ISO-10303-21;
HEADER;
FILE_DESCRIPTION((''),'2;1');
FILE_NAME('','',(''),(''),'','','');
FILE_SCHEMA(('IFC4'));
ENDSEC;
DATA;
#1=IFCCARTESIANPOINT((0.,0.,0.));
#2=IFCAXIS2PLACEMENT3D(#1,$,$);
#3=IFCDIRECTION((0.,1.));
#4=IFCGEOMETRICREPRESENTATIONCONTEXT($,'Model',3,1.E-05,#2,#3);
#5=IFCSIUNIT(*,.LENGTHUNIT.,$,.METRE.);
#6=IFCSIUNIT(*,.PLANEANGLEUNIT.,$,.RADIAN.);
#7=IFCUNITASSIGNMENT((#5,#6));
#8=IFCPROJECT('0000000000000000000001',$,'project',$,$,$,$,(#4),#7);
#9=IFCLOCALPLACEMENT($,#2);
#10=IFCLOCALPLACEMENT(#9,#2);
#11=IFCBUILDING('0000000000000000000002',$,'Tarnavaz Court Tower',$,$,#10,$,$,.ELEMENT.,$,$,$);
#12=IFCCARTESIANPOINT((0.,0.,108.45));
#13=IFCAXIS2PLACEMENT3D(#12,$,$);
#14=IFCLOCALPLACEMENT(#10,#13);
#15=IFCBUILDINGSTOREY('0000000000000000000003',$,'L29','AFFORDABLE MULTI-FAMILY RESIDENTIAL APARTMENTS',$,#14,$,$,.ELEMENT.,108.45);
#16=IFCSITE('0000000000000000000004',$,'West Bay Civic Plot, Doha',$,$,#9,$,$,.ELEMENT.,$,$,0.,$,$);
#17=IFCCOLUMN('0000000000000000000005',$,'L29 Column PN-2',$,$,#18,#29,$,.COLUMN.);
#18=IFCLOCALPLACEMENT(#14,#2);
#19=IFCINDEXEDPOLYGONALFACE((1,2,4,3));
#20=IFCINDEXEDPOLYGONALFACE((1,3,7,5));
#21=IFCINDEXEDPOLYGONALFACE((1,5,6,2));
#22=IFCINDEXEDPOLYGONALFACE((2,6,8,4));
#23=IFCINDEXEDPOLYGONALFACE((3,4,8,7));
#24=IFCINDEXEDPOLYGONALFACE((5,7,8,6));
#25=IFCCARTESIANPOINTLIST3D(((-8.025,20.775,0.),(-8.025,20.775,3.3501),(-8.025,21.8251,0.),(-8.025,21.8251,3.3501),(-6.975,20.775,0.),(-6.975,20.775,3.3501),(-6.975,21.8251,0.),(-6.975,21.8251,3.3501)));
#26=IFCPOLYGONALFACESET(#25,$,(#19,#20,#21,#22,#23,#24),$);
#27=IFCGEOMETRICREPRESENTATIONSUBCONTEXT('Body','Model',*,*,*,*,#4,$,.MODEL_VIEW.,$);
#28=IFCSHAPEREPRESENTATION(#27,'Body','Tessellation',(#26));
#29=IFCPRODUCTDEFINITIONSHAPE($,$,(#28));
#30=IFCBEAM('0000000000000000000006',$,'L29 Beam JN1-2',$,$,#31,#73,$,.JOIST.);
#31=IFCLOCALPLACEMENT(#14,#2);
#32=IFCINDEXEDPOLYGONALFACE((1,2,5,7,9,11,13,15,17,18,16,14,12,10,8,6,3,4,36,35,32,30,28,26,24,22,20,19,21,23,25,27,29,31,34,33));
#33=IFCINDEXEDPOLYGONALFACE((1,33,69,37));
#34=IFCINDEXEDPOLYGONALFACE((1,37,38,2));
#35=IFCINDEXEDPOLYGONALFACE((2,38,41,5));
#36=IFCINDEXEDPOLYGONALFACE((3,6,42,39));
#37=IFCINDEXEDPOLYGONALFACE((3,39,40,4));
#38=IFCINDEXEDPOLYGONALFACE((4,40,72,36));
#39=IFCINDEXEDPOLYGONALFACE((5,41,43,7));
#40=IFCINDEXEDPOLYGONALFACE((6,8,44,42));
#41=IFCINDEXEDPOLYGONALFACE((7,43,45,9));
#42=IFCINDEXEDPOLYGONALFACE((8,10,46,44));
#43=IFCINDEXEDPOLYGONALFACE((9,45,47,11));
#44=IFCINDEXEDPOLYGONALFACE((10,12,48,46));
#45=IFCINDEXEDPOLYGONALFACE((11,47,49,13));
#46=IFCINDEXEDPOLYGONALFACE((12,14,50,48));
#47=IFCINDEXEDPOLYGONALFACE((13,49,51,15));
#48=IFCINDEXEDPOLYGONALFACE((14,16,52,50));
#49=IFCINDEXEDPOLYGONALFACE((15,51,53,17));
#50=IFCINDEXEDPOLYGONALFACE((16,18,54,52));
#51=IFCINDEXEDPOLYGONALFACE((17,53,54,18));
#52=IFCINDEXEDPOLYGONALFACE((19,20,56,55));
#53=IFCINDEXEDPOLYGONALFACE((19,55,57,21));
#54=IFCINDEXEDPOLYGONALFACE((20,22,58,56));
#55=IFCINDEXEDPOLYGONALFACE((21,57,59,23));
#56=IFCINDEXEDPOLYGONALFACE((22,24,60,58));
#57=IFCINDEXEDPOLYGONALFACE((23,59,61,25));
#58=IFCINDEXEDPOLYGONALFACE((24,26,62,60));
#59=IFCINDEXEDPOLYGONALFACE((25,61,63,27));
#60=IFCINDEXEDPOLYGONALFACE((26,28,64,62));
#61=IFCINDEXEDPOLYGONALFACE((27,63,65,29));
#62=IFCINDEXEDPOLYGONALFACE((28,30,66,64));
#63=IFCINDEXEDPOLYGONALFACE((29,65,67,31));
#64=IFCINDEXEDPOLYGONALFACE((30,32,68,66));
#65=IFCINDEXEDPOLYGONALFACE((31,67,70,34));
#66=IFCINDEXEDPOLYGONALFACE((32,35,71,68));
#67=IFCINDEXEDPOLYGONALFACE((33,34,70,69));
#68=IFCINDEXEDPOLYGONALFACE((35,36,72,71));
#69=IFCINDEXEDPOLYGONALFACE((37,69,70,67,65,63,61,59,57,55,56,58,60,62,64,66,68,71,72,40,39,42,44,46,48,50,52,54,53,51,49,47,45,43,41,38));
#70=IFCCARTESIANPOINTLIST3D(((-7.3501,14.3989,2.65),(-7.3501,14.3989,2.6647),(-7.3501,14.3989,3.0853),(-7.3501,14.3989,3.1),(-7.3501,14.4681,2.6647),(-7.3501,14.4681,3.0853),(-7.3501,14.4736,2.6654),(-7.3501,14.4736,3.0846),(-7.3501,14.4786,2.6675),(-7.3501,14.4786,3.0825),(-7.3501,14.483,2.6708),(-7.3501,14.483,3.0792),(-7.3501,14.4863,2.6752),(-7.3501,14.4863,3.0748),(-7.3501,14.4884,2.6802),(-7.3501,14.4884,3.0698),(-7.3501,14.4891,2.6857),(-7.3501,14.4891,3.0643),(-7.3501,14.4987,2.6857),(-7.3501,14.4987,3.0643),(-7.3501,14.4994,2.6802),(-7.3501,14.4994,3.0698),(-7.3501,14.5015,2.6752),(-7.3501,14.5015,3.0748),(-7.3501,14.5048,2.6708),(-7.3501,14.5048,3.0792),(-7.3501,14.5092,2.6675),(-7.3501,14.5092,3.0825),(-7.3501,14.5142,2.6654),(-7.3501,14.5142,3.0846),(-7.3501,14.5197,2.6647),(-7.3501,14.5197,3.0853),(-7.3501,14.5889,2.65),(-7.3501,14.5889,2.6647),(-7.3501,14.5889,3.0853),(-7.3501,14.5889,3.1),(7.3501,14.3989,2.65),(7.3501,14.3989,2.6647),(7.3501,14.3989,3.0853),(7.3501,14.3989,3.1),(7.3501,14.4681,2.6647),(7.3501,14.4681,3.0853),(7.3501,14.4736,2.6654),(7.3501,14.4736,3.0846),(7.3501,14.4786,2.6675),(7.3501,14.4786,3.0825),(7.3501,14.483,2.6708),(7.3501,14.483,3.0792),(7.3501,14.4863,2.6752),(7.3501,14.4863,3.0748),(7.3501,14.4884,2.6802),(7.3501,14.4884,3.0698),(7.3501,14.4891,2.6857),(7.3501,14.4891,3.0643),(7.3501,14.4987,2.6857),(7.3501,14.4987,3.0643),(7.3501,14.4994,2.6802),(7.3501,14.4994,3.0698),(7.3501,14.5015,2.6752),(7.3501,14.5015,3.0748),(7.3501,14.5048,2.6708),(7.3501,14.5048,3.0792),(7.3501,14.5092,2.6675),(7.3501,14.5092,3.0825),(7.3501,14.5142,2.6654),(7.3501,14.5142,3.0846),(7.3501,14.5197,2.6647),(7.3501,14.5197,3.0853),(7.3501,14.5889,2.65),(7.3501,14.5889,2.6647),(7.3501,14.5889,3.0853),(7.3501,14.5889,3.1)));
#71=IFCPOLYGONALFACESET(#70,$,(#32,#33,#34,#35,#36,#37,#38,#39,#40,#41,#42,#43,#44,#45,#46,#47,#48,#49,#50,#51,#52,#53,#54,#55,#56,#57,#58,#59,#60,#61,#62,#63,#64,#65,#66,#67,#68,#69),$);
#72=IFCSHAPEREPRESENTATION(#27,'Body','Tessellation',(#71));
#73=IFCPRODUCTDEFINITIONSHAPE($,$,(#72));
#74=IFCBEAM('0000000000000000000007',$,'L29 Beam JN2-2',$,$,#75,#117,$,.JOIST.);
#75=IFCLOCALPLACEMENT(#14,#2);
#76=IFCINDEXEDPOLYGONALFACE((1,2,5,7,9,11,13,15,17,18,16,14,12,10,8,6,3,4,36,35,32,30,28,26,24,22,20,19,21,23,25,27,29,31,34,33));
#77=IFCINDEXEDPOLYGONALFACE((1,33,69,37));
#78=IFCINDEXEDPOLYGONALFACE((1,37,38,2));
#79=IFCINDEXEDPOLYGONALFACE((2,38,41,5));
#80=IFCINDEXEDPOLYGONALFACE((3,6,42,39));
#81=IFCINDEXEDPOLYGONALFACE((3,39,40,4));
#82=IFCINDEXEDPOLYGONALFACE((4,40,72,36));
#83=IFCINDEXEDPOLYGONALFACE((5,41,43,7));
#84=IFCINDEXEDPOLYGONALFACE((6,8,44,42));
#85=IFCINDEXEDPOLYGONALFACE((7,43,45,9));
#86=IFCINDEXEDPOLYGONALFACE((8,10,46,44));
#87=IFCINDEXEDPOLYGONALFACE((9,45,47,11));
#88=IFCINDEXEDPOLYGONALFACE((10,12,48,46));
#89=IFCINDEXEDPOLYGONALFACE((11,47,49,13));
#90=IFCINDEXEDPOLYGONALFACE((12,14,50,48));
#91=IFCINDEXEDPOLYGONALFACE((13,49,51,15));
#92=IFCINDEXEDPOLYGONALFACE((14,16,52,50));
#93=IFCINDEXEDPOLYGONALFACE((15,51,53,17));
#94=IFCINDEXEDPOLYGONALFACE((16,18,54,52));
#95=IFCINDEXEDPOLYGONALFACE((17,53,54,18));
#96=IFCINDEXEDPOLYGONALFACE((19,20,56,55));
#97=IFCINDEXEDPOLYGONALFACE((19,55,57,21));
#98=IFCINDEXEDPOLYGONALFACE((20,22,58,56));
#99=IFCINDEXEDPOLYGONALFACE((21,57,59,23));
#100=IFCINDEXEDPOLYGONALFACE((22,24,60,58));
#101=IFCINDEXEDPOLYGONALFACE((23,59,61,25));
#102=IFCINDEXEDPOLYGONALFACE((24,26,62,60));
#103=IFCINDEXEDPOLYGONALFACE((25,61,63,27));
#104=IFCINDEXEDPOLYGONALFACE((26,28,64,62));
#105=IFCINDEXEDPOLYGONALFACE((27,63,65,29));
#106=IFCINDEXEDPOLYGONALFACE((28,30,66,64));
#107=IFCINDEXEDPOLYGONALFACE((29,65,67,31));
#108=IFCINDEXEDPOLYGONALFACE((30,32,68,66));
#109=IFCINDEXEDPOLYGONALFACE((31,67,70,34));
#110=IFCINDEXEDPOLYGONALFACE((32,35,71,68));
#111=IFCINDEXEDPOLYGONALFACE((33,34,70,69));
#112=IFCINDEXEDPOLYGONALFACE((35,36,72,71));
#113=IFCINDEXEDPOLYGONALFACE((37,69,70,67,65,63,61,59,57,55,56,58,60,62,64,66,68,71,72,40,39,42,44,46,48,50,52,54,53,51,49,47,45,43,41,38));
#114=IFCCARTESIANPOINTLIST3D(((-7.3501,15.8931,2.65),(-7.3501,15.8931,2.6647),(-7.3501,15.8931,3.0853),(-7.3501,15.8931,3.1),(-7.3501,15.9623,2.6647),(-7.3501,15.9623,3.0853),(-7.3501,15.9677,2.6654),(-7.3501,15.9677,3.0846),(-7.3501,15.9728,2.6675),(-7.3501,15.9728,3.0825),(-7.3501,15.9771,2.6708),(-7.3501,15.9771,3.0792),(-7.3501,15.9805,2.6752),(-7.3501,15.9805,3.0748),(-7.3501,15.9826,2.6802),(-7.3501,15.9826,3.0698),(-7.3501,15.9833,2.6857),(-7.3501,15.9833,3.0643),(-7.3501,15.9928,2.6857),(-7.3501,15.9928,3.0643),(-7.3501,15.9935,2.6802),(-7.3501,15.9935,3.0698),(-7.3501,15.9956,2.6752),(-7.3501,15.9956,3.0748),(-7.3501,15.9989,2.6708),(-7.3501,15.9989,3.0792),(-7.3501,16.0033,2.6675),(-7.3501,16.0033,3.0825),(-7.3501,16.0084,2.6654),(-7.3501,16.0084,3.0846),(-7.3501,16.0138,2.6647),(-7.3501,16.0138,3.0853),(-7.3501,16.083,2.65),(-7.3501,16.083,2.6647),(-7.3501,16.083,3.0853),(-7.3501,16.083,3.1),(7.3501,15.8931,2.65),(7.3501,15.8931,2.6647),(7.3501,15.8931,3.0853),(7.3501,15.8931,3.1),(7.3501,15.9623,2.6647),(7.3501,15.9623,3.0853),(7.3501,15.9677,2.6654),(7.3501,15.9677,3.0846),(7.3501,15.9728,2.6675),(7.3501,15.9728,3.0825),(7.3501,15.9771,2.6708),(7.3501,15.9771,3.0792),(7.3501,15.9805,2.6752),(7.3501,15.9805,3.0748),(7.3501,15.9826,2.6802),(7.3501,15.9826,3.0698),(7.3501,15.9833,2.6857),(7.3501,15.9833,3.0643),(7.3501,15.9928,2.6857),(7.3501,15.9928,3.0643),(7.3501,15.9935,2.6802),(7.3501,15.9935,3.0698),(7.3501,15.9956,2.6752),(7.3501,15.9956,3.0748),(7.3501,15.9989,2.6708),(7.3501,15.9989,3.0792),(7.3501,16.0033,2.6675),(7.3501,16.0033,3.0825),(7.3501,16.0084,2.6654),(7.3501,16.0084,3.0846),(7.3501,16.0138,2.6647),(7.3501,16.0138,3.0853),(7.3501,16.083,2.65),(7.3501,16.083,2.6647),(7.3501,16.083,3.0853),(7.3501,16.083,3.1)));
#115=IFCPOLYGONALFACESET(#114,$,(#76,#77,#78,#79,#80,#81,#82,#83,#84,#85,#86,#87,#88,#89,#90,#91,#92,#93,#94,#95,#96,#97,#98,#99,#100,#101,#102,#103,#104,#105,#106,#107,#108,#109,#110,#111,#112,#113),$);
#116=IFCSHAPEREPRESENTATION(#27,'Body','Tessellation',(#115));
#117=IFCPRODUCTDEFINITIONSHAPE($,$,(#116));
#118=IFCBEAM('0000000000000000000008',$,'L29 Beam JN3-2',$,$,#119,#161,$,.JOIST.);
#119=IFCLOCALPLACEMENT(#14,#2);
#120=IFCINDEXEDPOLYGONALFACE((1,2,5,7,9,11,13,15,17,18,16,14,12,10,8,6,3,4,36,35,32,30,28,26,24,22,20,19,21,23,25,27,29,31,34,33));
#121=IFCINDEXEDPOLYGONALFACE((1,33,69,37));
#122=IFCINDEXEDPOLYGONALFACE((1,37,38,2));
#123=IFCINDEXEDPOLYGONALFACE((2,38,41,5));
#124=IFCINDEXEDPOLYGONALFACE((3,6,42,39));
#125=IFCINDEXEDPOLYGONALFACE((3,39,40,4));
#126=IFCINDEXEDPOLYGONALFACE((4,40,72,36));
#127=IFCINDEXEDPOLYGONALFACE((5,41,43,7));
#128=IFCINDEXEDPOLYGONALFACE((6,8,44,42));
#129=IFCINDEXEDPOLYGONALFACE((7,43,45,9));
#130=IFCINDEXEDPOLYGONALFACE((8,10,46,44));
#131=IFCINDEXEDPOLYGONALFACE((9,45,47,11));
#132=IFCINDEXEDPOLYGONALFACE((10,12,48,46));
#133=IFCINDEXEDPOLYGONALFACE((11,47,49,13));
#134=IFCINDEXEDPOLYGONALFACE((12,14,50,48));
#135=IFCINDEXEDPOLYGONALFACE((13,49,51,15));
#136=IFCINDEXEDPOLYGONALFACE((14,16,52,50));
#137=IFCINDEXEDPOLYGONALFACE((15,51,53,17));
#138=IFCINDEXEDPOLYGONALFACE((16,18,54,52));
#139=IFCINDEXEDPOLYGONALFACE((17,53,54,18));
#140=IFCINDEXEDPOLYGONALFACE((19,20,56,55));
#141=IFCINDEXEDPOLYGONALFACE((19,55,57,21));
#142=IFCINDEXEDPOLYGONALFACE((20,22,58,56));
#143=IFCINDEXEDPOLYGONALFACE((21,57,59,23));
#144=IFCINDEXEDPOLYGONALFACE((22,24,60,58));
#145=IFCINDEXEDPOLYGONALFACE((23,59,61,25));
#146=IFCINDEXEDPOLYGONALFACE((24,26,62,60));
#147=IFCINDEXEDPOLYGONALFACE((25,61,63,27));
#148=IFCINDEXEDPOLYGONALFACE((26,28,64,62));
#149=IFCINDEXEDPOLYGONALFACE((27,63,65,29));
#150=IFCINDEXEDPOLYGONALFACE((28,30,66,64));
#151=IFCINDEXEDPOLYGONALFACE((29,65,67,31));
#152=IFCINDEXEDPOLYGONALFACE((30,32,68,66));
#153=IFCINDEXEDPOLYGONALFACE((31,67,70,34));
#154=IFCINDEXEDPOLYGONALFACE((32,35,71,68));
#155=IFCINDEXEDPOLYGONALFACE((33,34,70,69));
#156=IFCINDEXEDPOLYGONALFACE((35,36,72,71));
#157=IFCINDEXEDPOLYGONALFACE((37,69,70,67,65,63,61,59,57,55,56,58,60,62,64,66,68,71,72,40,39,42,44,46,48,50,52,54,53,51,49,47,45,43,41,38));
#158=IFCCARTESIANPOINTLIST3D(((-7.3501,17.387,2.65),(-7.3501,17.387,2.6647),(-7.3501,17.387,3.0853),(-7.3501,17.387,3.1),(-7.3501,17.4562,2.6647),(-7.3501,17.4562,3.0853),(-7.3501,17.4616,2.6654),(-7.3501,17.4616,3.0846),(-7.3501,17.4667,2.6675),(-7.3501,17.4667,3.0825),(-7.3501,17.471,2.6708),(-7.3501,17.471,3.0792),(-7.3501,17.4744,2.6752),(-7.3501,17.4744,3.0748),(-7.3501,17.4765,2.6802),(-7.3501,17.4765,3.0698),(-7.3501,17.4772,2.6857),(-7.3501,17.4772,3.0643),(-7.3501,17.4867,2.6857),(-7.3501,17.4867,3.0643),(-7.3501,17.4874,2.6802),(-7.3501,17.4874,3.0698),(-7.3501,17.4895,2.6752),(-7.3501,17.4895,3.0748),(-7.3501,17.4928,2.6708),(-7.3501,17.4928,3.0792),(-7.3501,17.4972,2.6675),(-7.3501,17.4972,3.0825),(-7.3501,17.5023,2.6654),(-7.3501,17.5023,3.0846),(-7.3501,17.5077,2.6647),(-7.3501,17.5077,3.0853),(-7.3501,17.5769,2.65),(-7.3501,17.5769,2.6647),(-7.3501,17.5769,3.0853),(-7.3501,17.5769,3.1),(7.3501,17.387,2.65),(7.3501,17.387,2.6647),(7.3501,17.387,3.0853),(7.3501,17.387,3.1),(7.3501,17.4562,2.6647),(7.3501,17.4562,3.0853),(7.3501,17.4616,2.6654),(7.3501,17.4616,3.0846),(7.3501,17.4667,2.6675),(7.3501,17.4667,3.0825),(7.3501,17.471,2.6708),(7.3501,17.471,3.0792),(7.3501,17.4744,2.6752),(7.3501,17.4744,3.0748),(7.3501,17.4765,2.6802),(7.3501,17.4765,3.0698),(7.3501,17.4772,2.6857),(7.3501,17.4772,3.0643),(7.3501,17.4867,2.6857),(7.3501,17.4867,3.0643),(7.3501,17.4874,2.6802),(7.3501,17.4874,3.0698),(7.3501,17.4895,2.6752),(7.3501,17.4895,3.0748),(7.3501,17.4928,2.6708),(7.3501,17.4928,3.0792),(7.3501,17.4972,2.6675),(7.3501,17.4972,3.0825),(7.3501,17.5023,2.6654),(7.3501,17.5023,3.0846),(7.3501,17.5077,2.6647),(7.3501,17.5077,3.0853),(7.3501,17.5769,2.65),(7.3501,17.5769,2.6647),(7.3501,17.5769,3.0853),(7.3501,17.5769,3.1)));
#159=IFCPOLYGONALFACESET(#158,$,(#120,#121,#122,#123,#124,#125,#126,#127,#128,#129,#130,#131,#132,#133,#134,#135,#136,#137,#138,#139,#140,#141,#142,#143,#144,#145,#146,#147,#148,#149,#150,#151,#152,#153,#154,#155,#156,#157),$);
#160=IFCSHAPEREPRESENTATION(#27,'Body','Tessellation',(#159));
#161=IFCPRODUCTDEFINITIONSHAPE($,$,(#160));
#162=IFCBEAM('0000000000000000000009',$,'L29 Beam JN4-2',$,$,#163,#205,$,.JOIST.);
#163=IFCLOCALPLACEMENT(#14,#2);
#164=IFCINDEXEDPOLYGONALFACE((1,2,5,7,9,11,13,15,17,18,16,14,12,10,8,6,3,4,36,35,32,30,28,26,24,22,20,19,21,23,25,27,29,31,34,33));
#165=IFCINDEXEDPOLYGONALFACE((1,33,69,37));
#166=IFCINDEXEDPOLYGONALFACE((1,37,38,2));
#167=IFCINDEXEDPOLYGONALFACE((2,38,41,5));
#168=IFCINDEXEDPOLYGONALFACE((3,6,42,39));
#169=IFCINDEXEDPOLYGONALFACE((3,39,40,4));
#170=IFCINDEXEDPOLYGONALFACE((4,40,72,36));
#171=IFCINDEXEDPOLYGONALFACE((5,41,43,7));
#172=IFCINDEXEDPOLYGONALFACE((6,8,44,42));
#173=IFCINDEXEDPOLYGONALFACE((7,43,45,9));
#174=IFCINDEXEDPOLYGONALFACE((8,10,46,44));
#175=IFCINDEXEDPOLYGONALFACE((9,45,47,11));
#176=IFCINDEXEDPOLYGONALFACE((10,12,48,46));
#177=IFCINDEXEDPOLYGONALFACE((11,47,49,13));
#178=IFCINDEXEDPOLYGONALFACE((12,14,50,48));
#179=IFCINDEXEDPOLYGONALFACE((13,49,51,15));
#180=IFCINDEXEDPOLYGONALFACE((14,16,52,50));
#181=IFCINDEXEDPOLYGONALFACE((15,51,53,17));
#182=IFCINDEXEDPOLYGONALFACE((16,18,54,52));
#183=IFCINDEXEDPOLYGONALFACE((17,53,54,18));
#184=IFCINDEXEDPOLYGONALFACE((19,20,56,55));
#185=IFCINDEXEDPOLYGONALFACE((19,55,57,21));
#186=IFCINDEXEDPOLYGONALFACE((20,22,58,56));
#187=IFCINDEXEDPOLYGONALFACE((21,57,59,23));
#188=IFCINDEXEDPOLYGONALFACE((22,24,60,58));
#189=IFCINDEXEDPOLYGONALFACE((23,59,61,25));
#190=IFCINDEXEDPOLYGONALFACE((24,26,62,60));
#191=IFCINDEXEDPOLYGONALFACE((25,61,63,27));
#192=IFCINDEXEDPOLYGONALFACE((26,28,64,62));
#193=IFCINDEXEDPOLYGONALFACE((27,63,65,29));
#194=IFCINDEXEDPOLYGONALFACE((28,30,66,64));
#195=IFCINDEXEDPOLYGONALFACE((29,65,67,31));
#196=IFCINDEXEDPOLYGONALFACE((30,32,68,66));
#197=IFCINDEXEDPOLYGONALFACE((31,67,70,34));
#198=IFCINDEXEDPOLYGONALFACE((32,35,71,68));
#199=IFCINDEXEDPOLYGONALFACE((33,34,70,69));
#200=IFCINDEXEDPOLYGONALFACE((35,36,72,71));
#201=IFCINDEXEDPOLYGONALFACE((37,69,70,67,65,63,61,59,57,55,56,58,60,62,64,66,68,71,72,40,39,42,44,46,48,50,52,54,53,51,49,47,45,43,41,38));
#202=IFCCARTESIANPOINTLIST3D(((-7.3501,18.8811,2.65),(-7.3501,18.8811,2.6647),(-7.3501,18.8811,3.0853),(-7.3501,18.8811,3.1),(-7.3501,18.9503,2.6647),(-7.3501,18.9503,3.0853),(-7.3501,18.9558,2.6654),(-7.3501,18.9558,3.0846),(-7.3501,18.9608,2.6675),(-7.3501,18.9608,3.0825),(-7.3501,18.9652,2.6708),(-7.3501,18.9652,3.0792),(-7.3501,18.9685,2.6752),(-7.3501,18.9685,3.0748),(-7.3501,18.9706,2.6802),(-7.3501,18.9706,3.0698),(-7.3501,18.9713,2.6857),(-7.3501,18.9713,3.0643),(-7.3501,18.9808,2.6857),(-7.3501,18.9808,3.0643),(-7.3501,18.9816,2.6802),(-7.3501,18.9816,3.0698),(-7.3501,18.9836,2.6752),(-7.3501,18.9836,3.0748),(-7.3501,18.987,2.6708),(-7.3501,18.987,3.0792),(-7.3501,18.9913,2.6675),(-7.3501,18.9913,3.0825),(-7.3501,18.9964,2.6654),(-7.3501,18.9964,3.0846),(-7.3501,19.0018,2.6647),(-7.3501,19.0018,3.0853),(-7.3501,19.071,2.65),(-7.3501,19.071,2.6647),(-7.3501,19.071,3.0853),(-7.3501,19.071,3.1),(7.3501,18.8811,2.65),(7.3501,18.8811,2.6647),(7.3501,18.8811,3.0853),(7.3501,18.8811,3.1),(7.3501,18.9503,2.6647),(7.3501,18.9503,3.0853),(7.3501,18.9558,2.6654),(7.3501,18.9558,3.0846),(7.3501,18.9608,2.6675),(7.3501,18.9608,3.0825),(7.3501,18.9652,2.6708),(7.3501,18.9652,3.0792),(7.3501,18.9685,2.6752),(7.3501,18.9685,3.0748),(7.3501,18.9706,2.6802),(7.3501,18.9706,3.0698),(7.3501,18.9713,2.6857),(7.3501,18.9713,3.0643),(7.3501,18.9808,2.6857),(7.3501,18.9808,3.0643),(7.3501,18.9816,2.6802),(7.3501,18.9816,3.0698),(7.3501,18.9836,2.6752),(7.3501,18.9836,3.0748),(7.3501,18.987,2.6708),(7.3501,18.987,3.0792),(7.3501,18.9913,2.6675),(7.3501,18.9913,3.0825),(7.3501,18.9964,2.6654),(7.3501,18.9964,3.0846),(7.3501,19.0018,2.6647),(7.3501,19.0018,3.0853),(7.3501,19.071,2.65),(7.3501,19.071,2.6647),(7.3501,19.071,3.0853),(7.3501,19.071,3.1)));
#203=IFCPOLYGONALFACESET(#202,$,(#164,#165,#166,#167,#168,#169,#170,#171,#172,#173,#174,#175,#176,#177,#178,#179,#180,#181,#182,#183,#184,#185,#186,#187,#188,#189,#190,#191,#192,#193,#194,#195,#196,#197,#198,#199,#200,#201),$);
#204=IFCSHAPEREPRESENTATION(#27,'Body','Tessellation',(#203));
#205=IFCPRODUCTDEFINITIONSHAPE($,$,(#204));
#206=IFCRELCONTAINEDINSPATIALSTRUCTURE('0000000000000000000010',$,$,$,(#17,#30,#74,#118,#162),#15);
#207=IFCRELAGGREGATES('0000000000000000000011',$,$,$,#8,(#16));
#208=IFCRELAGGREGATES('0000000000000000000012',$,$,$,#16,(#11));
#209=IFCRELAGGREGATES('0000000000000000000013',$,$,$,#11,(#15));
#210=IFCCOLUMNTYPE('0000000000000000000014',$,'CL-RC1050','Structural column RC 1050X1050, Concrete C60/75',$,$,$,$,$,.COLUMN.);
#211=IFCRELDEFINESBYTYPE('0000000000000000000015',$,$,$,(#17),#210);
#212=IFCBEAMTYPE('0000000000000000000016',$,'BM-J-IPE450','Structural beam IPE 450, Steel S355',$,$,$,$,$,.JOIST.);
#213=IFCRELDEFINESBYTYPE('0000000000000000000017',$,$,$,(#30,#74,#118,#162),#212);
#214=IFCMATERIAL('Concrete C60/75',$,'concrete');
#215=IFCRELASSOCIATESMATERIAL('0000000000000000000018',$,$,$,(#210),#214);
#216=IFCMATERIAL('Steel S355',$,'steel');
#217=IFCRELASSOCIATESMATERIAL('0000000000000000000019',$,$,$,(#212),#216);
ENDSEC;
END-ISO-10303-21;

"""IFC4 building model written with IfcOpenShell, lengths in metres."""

from ifc_helpers import new_model, si_unit, direction, frame, origin, origin_2d, place, context, subcontext, project, spatial, rectangle, i_section, extrude, material, material_profile, profile_set, type_object, element, save


model = new_model("IFC4")

# Units and contexts
model_context = context("Model", 3, precision=1e-05, world=origin(), true_north=direction((0.0, 1.0)))
body_context = subcontext(model_context, "Body", "Model", "MODEL_VIEW")
ifc_project = project(units=[si_unit("LENGTHUNIT", "METRE"), si_unit("PLANEANGLEUNIT", "RADIAN")], contexts=[model_context])

# Site, building, storey
site_placement = place(None, origin())
site = spatial("IfcSite", under=ifc_project, at=site_placement, Name="West Bay Civic Plot, Doha", CompositionType="ELEMENT", RefElevation=0.0)
building_placement = place(site_placement, origin())
building = spatial("IfcBuilding", under=site, at=building_placement, Name="Tarnavaz Court Tower", CompositionType="ELEMENT")
storey_placement = place(building_placement, frame((0.0, 0.0, 108.45)))
storey = spatial("IfcBuildingStorey", under=building, at=storey_placement, Name="L29", Description="AFFORDABLE MULTI-FAMILY RESIDENTIAL APARTMENTS", CompositionType="ELEMENT", Elevation=108.45)

# Column
ifc_material_1 = material(Name="Concrete C60/75", Category="concrete")
ifc_material_profile_1 = material_profile(ifc_material_1, rectangle(XDim=1.05, YDim=1.05, at=origin_2d()), Name="RC 1050X1050")
ifc_profile_set_1 = profile_set([ifc_material_profile_1], Name="Concrete C60/75")
column_type = type_object("IfcColumnType", Name="CL-RC1050", Description="Structural column RC 1050X1050, Concrete C60/75", PredefinedType="COLUMN", material=ifc_profile_set_1)
column_placement = place(storey_placement, frame((-7.5, 21.3, 0.0), z_axis=(0.0, 0.0, 1.0), x_axis=(1.0, 0.0, 0.0)))
element("IfcColumn", 1, at=column_placement, inside=storey, type_object=column_type, Name="L29 Column PN-2", PredefinedType="COLUMN", context=body_context, shape_type="SweptSolid", body=[
    extrude(rectangle(XDim=1.05, YDim=1.05, at=origin_2d()), origin(), (0.0, 0.0, 1.0), 3.3501),
])

# Beams
ifc_material_2 = material(Name="Steel S355", Category="steel")
ifc_material_profile_2 = material_profile(ifc_material_2, i_section(OverallWidth=0.1899, OverallDepth=0.45, WebThickness=0.0095, FlangeThickness=0.0146, FilletRadius=0.021, at=origin_2d()), Name="IPE 450")
ifc_profile_set_2 = profile_set([ifc_material_profile_2], Name="Steel S355")
beam_type_1 = type_object("IfcBeamType", Name="BM-J-IPE450", Description="Structural beam IPE 450, Steel S355", PredefinedType="JOIST", material=ifc_profile_set_2)
for number, where, z_axis, x_axis, name in (
    (2, (-7.3501, 14.4939, 2.875), (1.0, 0.0, 0.0), (0.0, 1.0, 0.0), "L29 Beam JN1-2"),
    (3, (-7.3501, 15.988, 2.875), (1.0, 0.0, 0.0), (0.0, 1.0, 0.0), "L29 Beam JN2-2"),
    (4, (-7.3501, 17.4819, 2.875), (1.0, 0.0, 0.0), (0.0, 1.0, 0.0), "L29 Beam JN3-2"),
    (5, (-7.3501, 18.9761, 2.875), (1.0, 0.0, 0.0), (0.0, 1.0, 0.0), "L29 Beam JN4-2"),
):
    element("IfcBeam", number, at=place(storey_placement, frame(where, z_axis=z_axis, x_axis=x_axis)), inside=storey, type_object=beam_type_1, Name=name, PredefinedType="JOIST", context=body_context, shape_type="SweptSolid", body=[
        extrude(i_section(OverallWidth=0.1899, OverallDepth=0.45, WebThickness=0.0095, FlangeThickness=0.0146, FilletRadius=0.021, at=origin_2d()), origin(), (0.0, 0.0, 1.0), 14.7002),
    ])

save(model, "model.ifc")
